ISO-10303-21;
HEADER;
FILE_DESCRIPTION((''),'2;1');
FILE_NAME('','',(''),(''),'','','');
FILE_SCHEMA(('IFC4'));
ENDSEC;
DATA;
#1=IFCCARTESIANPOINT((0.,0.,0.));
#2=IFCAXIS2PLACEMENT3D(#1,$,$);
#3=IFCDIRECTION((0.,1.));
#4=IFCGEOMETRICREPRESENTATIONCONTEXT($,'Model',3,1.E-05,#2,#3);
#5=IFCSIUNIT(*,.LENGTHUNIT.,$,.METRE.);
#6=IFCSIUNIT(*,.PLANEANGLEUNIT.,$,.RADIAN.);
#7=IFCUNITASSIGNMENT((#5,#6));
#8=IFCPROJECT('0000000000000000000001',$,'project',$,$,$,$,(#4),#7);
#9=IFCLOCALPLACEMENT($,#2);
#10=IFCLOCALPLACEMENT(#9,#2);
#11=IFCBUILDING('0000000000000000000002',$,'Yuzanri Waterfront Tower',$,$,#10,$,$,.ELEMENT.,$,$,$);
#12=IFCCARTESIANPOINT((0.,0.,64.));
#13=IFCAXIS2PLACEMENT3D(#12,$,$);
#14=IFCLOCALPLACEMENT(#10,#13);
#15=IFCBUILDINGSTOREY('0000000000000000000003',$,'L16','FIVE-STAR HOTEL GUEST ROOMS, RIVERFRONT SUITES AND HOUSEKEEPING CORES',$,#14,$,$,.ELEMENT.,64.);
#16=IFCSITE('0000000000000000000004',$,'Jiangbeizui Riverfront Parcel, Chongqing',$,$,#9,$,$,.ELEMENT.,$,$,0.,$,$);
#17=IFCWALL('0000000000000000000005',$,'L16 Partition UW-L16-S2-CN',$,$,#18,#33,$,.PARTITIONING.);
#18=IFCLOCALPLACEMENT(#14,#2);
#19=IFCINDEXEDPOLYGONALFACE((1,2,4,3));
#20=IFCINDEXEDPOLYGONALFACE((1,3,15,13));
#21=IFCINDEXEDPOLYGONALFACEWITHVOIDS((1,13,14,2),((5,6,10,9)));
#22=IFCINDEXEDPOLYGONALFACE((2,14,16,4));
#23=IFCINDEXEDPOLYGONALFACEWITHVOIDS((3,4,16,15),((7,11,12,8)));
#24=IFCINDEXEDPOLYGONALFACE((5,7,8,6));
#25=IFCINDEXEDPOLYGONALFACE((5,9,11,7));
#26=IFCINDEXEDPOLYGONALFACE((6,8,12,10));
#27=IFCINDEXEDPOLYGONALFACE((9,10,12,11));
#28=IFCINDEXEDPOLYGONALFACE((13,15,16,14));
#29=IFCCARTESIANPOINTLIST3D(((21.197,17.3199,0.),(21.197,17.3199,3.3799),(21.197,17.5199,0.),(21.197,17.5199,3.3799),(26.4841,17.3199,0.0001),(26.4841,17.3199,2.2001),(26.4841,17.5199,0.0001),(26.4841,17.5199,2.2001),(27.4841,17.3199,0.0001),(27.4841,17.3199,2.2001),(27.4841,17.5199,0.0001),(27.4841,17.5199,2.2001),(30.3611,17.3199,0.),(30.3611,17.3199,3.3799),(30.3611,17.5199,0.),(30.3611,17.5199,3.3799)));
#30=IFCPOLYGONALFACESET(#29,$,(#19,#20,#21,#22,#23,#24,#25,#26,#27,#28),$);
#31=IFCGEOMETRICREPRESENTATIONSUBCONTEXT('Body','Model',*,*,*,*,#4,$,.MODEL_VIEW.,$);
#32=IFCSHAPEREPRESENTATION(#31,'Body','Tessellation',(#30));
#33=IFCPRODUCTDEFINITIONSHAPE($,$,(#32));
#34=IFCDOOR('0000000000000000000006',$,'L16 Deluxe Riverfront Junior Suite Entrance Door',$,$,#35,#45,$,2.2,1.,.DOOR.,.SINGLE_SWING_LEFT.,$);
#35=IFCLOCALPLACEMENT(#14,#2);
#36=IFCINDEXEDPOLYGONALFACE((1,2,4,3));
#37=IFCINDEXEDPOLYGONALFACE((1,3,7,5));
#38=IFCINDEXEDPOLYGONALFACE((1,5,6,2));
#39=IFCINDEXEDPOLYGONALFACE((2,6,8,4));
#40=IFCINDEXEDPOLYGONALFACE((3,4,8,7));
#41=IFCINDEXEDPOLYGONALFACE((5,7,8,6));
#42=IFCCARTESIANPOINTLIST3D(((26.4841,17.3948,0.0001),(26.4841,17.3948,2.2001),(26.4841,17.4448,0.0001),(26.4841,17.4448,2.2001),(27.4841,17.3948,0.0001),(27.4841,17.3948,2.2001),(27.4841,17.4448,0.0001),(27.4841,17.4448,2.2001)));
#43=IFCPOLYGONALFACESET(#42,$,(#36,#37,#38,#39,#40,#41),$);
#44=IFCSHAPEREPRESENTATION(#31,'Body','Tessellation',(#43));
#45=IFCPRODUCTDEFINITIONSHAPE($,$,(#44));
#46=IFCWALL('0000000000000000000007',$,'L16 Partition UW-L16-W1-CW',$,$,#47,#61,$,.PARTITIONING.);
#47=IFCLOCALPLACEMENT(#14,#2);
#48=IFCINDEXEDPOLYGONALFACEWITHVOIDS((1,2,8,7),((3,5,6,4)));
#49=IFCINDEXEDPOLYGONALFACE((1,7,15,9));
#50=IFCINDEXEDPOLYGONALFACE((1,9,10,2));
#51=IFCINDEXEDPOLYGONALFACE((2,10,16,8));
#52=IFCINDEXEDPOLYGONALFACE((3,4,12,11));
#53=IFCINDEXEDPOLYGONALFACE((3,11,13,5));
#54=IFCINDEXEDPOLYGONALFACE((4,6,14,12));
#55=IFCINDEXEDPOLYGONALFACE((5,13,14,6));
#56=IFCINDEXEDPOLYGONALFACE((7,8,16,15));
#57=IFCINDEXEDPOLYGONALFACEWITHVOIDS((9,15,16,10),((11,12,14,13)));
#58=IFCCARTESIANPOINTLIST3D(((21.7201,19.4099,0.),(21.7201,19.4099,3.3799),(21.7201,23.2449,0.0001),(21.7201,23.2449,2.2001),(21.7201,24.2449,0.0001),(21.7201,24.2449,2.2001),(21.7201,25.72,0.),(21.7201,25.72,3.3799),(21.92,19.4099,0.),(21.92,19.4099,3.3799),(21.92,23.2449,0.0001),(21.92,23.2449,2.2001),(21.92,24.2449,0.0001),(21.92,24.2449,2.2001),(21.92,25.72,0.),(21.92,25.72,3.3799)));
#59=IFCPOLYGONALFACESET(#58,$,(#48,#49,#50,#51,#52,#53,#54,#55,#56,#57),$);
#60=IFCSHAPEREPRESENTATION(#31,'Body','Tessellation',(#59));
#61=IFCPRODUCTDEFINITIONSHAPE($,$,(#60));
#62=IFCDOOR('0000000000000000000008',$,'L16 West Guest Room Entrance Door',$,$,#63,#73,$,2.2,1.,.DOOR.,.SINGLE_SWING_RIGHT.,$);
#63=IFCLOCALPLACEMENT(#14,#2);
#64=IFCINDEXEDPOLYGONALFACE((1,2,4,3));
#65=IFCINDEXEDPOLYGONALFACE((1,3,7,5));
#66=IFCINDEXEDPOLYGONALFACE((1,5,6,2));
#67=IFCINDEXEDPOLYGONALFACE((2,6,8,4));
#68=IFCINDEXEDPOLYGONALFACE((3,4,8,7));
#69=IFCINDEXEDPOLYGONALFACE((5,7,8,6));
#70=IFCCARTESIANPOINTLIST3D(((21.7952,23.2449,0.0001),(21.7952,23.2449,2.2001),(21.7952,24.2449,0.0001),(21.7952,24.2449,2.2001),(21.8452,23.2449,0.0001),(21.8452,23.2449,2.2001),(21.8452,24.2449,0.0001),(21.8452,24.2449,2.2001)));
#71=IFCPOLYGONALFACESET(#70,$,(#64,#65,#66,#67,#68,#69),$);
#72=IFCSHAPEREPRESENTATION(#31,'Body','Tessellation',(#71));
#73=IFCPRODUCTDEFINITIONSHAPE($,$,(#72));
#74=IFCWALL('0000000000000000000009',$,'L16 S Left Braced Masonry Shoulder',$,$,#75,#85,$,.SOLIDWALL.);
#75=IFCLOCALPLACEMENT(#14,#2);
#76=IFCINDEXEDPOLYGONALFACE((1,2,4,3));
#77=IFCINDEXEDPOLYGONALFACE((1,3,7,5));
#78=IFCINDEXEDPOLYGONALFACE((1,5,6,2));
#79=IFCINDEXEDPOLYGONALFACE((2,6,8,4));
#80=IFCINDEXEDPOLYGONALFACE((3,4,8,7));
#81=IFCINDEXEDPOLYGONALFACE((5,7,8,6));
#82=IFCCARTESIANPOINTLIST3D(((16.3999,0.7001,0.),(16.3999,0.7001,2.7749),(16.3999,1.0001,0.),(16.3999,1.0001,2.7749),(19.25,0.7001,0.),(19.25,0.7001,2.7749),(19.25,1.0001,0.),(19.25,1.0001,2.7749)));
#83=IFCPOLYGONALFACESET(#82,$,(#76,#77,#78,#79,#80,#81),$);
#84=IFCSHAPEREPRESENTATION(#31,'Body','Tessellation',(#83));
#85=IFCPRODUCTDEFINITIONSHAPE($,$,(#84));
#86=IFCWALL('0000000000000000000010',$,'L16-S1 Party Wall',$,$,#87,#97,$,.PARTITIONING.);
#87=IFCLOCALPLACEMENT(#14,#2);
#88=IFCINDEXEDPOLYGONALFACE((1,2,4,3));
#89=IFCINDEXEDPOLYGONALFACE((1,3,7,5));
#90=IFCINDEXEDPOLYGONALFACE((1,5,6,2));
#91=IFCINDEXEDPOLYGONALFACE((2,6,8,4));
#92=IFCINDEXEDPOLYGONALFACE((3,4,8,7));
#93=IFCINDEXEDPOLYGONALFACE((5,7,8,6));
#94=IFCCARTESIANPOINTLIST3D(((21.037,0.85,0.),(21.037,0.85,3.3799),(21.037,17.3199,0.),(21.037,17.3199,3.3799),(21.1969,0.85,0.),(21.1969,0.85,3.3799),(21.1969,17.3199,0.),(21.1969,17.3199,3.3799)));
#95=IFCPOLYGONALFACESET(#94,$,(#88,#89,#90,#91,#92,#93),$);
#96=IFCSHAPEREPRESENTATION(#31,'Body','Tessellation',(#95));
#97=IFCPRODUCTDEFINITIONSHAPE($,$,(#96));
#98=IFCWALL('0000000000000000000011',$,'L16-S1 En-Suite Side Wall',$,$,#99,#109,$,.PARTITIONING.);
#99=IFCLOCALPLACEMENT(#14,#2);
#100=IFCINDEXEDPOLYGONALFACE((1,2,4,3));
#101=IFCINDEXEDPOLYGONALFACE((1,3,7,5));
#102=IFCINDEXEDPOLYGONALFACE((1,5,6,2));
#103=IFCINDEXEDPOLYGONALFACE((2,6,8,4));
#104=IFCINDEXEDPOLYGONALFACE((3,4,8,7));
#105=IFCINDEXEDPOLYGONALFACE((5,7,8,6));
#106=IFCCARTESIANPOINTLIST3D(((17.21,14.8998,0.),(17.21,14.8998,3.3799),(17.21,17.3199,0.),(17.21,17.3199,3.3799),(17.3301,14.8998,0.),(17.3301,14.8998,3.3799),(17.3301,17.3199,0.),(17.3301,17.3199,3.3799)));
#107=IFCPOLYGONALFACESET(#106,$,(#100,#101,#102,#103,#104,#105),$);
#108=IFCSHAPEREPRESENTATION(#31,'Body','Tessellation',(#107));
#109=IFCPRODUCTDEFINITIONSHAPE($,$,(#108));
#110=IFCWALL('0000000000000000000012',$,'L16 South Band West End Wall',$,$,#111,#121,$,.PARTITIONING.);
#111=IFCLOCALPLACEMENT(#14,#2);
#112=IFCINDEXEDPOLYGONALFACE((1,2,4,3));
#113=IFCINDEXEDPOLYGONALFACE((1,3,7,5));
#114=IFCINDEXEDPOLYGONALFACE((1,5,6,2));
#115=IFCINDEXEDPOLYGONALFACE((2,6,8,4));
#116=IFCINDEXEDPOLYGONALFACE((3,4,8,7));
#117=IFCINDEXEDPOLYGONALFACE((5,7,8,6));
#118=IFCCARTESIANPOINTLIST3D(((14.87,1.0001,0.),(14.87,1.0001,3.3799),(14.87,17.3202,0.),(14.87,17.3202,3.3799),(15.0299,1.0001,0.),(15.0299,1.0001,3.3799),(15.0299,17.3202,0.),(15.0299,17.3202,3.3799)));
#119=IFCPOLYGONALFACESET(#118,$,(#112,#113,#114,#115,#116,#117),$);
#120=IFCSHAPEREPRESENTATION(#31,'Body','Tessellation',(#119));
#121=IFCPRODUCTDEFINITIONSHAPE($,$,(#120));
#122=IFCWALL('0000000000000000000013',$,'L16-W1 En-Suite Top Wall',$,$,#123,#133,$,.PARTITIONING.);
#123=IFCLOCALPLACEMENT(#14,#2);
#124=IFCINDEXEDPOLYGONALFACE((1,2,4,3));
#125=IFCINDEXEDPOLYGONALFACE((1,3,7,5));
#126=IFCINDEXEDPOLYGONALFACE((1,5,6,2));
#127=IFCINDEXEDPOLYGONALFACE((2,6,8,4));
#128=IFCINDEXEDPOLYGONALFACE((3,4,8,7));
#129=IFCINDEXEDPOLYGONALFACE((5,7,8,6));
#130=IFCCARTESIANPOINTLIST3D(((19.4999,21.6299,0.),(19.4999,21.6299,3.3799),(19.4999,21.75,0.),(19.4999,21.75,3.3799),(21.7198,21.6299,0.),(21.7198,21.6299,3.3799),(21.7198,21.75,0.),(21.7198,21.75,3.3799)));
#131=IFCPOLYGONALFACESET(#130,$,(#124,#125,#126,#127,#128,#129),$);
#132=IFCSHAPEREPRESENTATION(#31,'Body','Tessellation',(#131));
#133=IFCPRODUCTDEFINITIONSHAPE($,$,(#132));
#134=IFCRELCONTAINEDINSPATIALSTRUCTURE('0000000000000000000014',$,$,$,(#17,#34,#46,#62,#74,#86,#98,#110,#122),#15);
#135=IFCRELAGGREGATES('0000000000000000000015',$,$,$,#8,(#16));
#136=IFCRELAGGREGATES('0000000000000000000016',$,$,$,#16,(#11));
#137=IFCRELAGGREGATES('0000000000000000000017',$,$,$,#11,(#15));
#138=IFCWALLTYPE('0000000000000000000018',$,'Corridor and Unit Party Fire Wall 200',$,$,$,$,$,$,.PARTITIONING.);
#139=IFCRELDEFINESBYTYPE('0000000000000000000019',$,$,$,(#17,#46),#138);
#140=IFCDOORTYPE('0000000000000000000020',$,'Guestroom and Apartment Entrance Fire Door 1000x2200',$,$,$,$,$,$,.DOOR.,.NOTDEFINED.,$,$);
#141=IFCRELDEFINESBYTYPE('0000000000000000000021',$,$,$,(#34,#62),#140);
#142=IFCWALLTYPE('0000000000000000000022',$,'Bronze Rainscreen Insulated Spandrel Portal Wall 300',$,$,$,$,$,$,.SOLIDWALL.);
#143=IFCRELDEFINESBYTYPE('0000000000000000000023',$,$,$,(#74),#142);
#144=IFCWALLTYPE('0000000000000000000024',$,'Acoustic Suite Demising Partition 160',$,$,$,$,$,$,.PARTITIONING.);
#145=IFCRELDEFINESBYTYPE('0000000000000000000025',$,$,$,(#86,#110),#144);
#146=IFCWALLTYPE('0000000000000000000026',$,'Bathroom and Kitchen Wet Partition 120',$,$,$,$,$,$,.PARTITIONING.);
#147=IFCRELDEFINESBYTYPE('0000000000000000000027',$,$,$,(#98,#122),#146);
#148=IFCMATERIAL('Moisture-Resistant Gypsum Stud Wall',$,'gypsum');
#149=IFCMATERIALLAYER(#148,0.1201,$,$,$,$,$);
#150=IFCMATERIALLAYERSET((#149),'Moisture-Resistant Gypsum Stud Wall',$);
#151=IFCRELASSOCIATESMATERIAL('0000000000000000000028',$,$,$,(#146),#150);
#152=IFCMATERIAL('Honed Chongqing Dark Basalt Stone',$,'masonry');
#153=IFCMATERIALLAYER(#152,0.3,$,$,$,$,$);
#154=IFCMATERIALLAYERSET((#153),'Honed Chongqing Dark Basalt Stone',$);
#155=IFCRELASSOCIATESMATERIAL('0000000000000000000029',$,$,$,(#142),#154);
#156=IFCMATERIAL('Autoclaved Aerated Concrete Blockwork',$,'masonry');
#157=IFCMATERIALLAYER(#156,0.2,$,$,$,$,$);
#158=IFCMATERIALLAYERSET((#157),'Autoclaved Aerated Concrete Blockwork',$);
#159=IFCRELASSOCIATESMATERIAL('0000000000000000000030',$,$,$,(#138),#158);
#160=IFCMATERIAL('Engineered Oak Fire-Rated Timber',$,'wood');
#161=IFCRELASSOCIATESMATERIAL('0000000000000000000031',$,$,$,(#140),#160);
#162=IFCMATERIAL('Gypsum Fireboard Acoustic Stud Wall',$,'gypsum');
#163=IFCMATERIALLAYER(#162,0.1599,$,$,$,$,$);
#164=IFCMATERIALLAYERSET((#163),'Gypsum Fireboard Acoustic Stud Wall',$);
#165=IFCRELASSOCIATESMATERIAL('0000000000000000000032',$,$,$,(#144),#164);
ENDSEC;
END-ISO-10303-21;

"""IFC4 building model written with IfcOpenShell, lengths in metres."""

from ifc_helpers import new_model, si_unit, direction, frame, frame_2d, origin, place, context, subcontext, project, spatial, rectangle, extrude, source, transform, mapped, material, layer, layer_set, type_object, element, fill, save


model = new_model("IFC4")

# Units and contexts
model_context = context("Model", 3, precision=1e-05, world=origin(), true_north=direction((0.0, 1.0)))
body_context = subcontext(model_context, "Body", "Model", "MODEL_VIEW")
ifc_project = project(units=[si_unit("LENGTHUNIT", "METRE"), si_unit("PLANEANGLEUNIT", "RADIAN")], contexts=[model_context])

# Site, building, storey
site_placement = place(None, origin())
site = spatial("IfcSite", under=ifc_project, at=site_placement, Name="Jiangbeizui Riverfront Parcel, Chongqing", CompositionType="ELEMENT", RefElevation=0.0)
building_placement = place(site_placement, origin())
building = spatial("IfcBuilding", under=site, at=building_placement, Name="Yuzanri Waterfront Tower", CompositionType="ELEMENT")
storey_placement = place(building_placement, frame((0.0, 0.0, 64.0)))
storey = spatial("IfcBuildingStorey", under=building, at=storey_placement, Name="L16", Description="FIVE-STAR HOTEL GUEST ROOMS, RIVERFRONT SUITES AND HOUSEKEEPING CORES", CompositionType="ELEMENT", Elevation=64.0)

# Shared definitions
ifc_material_1 = material(Name="Moisture-Resistant Gypsum Stud Wall", Category="gypsum")
ifc_layer_1 = layer(ifc_material_1, 0.1201)
ifc_layer_set_1 = layer_set([ifc_layer_1], Name="Moisture-Resistant Gypsum Stud Wall")
wall_type_1 = type_object("IfcWallType", Name="Bathroom and Kitchen Wet Partition 120", PredefinedType="PARTITIONING", material=ifc_layer_set_1)

# Shared definitions
ifc_material_2 = material(Name="Honed Chongqing Dark Basalt Stone", Category="masonry")
ifc_layer_2 = layer(ifc_material_2, 0.3)
ifc_layer_set_2 = layer_set([ifc_layer_2], Name="Honed Chongqing Dark Basalt Stone")
wall_type_2 = type_object("IfcWallType", Name="Bronze Rainscreen Insulated Spandrel Portal Wall 300", PredefinedType="SOLIDWALL", material=ifc_layer_set_2)

# Walls, openings, doors
ifc_material_3 = material(Name="Autoclaved Aerated Concrete Blockwork", Category="masonry")
ifc_layer_3 = layer(ifc_material_3, 0.2)
ifc_layer_set_3 = layer_set([ifc_layer_3], Name="Autoclaved Aerated Concrete Blockwork")
wall_type_3 = type_object("IfcWallType", Name="Corridor and Unit Party Fire Wall 200", PredefinedType="PARTITIONING", material=ifc_layer_set_3)
ifc_material_4 = material(Name="Engineered Oak Fire-Rated Timber", Category="wood")
door_type_1 = type_object("IfcDoorType", Name="Guestroom and Apartment Entrance Fire Door 1000x2200", OperationType="NOTDEFINED", PredefinedType="DOOR", material=ifc_material_4)
shared_shape_1 = source(origin(), body_context, "Body", "SweptSolid", [
    extrude(rectangle(XDim=1.0, YDim=2.2, at=frame_2d((0.5, 1.1001))), frame((0.0, 0.0249, 0.0), z_axis=(0.0, -1.0, 0.0), x_axis=(1.0, 0.0, 0.0)), (0.0, 0.0, 1.0), 0.05),
])
wall_1_placement = place(storey_placement, frame((21.197, 17.4199, 0.0), z_axis=(0.0, 0.0, 1.0), x_axis=(1.0, 0.0, 0.0)))
wall_1 = element("IfcWall", 1, at=wall_1_placement, inside=storey, type_object=wall_type_3, Name="L16 Partition UW-L16-S2-CN", PredefinedType="PARTITIONING", context=body_context, shape_type="SweptSolid", body=[
    extrude(rectangle(XDim=9.1641, YDim=0.2, at=frame_2d((4.582, 0.0))), origin(), (0.0, 0.0, 1.0), 3.3799),
])
opening_1_placement = place(wall_1_placement, frame((5.2871, 0.0, 0.0)))
opening_1 = element("IfcOpeningElement", 2, at=opening_1_placement, cuts=wall_1, PredefinedType="OPENING", context=body_context, shape_type="SweptSolid", body=[
    extrude(rectangle(XDim=1.0, YDim=2.2, at=frame_2d((0.5, 1.1001))), frame((0.0, 0.1147, 0.0), z_axis=(0.0, -1.0, 0.0), x_axis=(1.0, 0.0, 0.0)), (0.0, 0.0, 1.0), 0.2297),
])
door_1_placement = place(opening_1_placement, origin())
door_1 = element("IfcDoor", 3, at=door_1_placement, inside=storey, type_object=door_type_1, Name="L16 Deluxe Riverfront Junior Suite Entrance Door", OperationType="SINGLE_SWING_LEFT", OverallHeight=2.2, OverallWidth=1.0, PredefinedType="DOOR", context=body_context, shape_type="MappedRepresentation", body=[
    mapped(shared_shape_1, transform((0.0, 0.0, 0.0), scale=1.0)),
])
fill(opening_1, door_1)
wall_2_placement = place(storey_placement, frame((21.8201, 19.4099, 0.0), z_axis=(0.0, 0.0, 1.0), x_axis=(0.0, 1.0, 0.0)))
wall_2 = element("IfcWall", 4, at=wall_2_placement, inside=storey, type_object=wall_type_3, Name="L16 Partition UW-L16-W1-CW", PredefinedType="PARTITIONING", context=body_context, shape_type="SweptSolid", body=[
    extrude(rectangle(XDim=6.3101, YDim=0.2, at=frame_2d((3.155, 0.0))), origin(), (0.0, 0.0, 1.0), 3.3799),
])
opening_2_placement = place(wall_2_placement, frame((3.835, 0.0, 0.0)))
opening_2 = element("IfcOpeningElement", 5, at=opening_2_placement, cuts=wall_2, PredefinedType="OPENING", context=body_context, shape_type="SweptSolid", body=[
    extrude(rectangle(XDim=1.0, YDim=2.2, at=frame_2d((0.5, 1.1001))), frame((0.0, 0.1147, 0.0), z_axis=(0.0, -1.0, 0.0), x_axis=(1.0, 0.0, 0.0)), (0.0, 0.0, 1.0), 0.2297),
])
door_2_placement = place(opening_2_placement, origin())
door_2 = element("IfcDoor", 6, at=door_2_placement, inside=storey, type_object=door_type_1, Name="L16 West Guest Room Entrance Door", OperationType="SINGLE_SWING_RIGHT", OverallHeight=2.2, OverallWidth=1.0, PredefinedType="DOOR", context=body_context, shape_type="MappedRepresentation", body=[
    mapped(shared_shape_1, transform((0.0, 0.0, 0.0), scale=1.0)),
])
fill(opening_2, door_2)

# Walls
shared_shape_2 = source(origin(), body_context, "Body", "SweptSolid", [
    extrude(rectangle(XDim=2.8501, YDim=0.3, at=frame_2d((1.425, 0.0))), origin(), (0.0, 0.0, 1.0), 2.7749),
])
wall_3_placement = place(storey_placement, frame((16.3999, 0.8501, 0.0), z_axis=(0.0, 0.0, 1.0), x_axis=(1.0, 0.0, 0.0)))
element("IfcWall", 7, at=wall_3_placement, inside=storey, type_object=wall_type_2, Name="L16 S Left Braced Masonry Shoulder", PredefinedType="SOLIDWALL", context=body_context, shape_type="MappedRepresentation", body=[
    mapped(shared_shape_2, transform((0.0, 0.0, 0.0), scale=1.0)),
])
ifc_material_5 = material(Name="Gypsum Fireboard Acoustic Stud Wall", Category="gypsum")
ifc_layer_4 = layer(ifc_material_5, 0.1599)
ifc_layer_set_4 = layer_set([ifc_layer_4], Name="Gypsum Fireboard Acoustic Stud Wall")
wall_type_4 = type_object("IfcWallType", Name="Acoustic Suite Demising Partition 160", PredefinedType="PARTITIONING", material=ifc_layer_set_4)
shared_shape_3 = source(origin(), body_context, "Body", "SweptSolid", [
    extrude(rectangle(XDim=16.47, YDim=0.1599, at=frame_2d((8.2349, 0.0))), origin(), (0.0, 0.0, 1.0), 3.3799),
])
wall_4_placement = place(storey_placement, frame((21.1169, 0.8501, 0.0), z_axis=(0.0, 0.0, 1.0), x_axis=(0.0, 1.0, 0.0)))
element("IfcWall", 8, at=wall_4_placement, inside=storey, type_object=wall_type_4, Name="L16-S1 Party Wall", PredefinedType="PARTITIONING", context=body_context, shape_type="MappedRepresentation", body=[
    mapped(shared_shape_3, transform((0.0, 0.0, 0.0), scale=1.0)),
])
shared_shape_4 = source(origin(), body_context, "Body", "SweptSolid", [
    extrude(rectangle(XDim=2.4202, YDim=0.1201, at=frame_2d((1.21, 0.0))), origin(), (0.0, 0.0, 1.0), 3.3799),
])
wall_5_placement = place(storey_placement, frame((17.27, 14.8999, 0.0), z_axis=(0.0, 0.0, 1.0), x_axis=(0.0, 1.0, 0.0)))
element("IfcWall", 9, at=wall_5_placement, inside=storey, type_object=wall_type_1, Name="L16-S1 En-Suite Side Wall", PredefinedType="PARTITIONING", context=body_context, shape_type="MappedRepresentation", body=[
    mapped(shared_shape_4, transform((0.0, 0.0, 0.0), scale=1.0)),
])
shared_shape_5 = source(origin(), body_context, "Body", "SweptSolid", [
    extrude(rectangle(XDim=16.3201, YDim=0.1599, at=frame_2d((8.1602, 0.0))), origin(), (0.0, 0.0, 1.0), 3.3799),
])
wall_6_placement = place(storey_placement, frame((14.95, 1.0, 0.0), z_axis=(0.0, 0.0, 1.0), x_axis=(0.0, 1.0, 0.0)))
element("IfcWall", 10, at=wall_6_placement, inside=storey, type_object=wall_type_4, Name="L16 South Band West End Wall", PredefinedType="PARTITIONING", context=body_context, shape_type="MappedRepresentation", body=[
    mapped(shared_shape_5, transform((0.0, 0.0, 0.0), scale=1.0)),
])
shared_shape_6 = source(origin(), body_context, "Body", "SweptSolid", [
    extrude(rectangle(XDim=2.22, YDim=0.1201, at=frame_2d((1.1099, 0.0))), origin(), (0.0, 0.0, 1.0), 3.3799),
])
wall_7_placement = place(storey_placement, frame((19.5, 21.6899, 0.0), z_axis=(0.0, 0.0, 1.0), x_axis=(1.0, 0.0, 0.0)))
element("IfcWall", 11, at=wall_7_placement, inside=storey, type_object=wall_type_1, Name="L16-W1 En-Suite Top Wall", PredefinedType="PARTITIONING", context=body_context, shape_type="MappedRepresentation", body=[
    mapped(shared_shape_6, transform((0.0, 0.0, 0.0), scale=1.0)),
])

save(model, "model.ifc")
